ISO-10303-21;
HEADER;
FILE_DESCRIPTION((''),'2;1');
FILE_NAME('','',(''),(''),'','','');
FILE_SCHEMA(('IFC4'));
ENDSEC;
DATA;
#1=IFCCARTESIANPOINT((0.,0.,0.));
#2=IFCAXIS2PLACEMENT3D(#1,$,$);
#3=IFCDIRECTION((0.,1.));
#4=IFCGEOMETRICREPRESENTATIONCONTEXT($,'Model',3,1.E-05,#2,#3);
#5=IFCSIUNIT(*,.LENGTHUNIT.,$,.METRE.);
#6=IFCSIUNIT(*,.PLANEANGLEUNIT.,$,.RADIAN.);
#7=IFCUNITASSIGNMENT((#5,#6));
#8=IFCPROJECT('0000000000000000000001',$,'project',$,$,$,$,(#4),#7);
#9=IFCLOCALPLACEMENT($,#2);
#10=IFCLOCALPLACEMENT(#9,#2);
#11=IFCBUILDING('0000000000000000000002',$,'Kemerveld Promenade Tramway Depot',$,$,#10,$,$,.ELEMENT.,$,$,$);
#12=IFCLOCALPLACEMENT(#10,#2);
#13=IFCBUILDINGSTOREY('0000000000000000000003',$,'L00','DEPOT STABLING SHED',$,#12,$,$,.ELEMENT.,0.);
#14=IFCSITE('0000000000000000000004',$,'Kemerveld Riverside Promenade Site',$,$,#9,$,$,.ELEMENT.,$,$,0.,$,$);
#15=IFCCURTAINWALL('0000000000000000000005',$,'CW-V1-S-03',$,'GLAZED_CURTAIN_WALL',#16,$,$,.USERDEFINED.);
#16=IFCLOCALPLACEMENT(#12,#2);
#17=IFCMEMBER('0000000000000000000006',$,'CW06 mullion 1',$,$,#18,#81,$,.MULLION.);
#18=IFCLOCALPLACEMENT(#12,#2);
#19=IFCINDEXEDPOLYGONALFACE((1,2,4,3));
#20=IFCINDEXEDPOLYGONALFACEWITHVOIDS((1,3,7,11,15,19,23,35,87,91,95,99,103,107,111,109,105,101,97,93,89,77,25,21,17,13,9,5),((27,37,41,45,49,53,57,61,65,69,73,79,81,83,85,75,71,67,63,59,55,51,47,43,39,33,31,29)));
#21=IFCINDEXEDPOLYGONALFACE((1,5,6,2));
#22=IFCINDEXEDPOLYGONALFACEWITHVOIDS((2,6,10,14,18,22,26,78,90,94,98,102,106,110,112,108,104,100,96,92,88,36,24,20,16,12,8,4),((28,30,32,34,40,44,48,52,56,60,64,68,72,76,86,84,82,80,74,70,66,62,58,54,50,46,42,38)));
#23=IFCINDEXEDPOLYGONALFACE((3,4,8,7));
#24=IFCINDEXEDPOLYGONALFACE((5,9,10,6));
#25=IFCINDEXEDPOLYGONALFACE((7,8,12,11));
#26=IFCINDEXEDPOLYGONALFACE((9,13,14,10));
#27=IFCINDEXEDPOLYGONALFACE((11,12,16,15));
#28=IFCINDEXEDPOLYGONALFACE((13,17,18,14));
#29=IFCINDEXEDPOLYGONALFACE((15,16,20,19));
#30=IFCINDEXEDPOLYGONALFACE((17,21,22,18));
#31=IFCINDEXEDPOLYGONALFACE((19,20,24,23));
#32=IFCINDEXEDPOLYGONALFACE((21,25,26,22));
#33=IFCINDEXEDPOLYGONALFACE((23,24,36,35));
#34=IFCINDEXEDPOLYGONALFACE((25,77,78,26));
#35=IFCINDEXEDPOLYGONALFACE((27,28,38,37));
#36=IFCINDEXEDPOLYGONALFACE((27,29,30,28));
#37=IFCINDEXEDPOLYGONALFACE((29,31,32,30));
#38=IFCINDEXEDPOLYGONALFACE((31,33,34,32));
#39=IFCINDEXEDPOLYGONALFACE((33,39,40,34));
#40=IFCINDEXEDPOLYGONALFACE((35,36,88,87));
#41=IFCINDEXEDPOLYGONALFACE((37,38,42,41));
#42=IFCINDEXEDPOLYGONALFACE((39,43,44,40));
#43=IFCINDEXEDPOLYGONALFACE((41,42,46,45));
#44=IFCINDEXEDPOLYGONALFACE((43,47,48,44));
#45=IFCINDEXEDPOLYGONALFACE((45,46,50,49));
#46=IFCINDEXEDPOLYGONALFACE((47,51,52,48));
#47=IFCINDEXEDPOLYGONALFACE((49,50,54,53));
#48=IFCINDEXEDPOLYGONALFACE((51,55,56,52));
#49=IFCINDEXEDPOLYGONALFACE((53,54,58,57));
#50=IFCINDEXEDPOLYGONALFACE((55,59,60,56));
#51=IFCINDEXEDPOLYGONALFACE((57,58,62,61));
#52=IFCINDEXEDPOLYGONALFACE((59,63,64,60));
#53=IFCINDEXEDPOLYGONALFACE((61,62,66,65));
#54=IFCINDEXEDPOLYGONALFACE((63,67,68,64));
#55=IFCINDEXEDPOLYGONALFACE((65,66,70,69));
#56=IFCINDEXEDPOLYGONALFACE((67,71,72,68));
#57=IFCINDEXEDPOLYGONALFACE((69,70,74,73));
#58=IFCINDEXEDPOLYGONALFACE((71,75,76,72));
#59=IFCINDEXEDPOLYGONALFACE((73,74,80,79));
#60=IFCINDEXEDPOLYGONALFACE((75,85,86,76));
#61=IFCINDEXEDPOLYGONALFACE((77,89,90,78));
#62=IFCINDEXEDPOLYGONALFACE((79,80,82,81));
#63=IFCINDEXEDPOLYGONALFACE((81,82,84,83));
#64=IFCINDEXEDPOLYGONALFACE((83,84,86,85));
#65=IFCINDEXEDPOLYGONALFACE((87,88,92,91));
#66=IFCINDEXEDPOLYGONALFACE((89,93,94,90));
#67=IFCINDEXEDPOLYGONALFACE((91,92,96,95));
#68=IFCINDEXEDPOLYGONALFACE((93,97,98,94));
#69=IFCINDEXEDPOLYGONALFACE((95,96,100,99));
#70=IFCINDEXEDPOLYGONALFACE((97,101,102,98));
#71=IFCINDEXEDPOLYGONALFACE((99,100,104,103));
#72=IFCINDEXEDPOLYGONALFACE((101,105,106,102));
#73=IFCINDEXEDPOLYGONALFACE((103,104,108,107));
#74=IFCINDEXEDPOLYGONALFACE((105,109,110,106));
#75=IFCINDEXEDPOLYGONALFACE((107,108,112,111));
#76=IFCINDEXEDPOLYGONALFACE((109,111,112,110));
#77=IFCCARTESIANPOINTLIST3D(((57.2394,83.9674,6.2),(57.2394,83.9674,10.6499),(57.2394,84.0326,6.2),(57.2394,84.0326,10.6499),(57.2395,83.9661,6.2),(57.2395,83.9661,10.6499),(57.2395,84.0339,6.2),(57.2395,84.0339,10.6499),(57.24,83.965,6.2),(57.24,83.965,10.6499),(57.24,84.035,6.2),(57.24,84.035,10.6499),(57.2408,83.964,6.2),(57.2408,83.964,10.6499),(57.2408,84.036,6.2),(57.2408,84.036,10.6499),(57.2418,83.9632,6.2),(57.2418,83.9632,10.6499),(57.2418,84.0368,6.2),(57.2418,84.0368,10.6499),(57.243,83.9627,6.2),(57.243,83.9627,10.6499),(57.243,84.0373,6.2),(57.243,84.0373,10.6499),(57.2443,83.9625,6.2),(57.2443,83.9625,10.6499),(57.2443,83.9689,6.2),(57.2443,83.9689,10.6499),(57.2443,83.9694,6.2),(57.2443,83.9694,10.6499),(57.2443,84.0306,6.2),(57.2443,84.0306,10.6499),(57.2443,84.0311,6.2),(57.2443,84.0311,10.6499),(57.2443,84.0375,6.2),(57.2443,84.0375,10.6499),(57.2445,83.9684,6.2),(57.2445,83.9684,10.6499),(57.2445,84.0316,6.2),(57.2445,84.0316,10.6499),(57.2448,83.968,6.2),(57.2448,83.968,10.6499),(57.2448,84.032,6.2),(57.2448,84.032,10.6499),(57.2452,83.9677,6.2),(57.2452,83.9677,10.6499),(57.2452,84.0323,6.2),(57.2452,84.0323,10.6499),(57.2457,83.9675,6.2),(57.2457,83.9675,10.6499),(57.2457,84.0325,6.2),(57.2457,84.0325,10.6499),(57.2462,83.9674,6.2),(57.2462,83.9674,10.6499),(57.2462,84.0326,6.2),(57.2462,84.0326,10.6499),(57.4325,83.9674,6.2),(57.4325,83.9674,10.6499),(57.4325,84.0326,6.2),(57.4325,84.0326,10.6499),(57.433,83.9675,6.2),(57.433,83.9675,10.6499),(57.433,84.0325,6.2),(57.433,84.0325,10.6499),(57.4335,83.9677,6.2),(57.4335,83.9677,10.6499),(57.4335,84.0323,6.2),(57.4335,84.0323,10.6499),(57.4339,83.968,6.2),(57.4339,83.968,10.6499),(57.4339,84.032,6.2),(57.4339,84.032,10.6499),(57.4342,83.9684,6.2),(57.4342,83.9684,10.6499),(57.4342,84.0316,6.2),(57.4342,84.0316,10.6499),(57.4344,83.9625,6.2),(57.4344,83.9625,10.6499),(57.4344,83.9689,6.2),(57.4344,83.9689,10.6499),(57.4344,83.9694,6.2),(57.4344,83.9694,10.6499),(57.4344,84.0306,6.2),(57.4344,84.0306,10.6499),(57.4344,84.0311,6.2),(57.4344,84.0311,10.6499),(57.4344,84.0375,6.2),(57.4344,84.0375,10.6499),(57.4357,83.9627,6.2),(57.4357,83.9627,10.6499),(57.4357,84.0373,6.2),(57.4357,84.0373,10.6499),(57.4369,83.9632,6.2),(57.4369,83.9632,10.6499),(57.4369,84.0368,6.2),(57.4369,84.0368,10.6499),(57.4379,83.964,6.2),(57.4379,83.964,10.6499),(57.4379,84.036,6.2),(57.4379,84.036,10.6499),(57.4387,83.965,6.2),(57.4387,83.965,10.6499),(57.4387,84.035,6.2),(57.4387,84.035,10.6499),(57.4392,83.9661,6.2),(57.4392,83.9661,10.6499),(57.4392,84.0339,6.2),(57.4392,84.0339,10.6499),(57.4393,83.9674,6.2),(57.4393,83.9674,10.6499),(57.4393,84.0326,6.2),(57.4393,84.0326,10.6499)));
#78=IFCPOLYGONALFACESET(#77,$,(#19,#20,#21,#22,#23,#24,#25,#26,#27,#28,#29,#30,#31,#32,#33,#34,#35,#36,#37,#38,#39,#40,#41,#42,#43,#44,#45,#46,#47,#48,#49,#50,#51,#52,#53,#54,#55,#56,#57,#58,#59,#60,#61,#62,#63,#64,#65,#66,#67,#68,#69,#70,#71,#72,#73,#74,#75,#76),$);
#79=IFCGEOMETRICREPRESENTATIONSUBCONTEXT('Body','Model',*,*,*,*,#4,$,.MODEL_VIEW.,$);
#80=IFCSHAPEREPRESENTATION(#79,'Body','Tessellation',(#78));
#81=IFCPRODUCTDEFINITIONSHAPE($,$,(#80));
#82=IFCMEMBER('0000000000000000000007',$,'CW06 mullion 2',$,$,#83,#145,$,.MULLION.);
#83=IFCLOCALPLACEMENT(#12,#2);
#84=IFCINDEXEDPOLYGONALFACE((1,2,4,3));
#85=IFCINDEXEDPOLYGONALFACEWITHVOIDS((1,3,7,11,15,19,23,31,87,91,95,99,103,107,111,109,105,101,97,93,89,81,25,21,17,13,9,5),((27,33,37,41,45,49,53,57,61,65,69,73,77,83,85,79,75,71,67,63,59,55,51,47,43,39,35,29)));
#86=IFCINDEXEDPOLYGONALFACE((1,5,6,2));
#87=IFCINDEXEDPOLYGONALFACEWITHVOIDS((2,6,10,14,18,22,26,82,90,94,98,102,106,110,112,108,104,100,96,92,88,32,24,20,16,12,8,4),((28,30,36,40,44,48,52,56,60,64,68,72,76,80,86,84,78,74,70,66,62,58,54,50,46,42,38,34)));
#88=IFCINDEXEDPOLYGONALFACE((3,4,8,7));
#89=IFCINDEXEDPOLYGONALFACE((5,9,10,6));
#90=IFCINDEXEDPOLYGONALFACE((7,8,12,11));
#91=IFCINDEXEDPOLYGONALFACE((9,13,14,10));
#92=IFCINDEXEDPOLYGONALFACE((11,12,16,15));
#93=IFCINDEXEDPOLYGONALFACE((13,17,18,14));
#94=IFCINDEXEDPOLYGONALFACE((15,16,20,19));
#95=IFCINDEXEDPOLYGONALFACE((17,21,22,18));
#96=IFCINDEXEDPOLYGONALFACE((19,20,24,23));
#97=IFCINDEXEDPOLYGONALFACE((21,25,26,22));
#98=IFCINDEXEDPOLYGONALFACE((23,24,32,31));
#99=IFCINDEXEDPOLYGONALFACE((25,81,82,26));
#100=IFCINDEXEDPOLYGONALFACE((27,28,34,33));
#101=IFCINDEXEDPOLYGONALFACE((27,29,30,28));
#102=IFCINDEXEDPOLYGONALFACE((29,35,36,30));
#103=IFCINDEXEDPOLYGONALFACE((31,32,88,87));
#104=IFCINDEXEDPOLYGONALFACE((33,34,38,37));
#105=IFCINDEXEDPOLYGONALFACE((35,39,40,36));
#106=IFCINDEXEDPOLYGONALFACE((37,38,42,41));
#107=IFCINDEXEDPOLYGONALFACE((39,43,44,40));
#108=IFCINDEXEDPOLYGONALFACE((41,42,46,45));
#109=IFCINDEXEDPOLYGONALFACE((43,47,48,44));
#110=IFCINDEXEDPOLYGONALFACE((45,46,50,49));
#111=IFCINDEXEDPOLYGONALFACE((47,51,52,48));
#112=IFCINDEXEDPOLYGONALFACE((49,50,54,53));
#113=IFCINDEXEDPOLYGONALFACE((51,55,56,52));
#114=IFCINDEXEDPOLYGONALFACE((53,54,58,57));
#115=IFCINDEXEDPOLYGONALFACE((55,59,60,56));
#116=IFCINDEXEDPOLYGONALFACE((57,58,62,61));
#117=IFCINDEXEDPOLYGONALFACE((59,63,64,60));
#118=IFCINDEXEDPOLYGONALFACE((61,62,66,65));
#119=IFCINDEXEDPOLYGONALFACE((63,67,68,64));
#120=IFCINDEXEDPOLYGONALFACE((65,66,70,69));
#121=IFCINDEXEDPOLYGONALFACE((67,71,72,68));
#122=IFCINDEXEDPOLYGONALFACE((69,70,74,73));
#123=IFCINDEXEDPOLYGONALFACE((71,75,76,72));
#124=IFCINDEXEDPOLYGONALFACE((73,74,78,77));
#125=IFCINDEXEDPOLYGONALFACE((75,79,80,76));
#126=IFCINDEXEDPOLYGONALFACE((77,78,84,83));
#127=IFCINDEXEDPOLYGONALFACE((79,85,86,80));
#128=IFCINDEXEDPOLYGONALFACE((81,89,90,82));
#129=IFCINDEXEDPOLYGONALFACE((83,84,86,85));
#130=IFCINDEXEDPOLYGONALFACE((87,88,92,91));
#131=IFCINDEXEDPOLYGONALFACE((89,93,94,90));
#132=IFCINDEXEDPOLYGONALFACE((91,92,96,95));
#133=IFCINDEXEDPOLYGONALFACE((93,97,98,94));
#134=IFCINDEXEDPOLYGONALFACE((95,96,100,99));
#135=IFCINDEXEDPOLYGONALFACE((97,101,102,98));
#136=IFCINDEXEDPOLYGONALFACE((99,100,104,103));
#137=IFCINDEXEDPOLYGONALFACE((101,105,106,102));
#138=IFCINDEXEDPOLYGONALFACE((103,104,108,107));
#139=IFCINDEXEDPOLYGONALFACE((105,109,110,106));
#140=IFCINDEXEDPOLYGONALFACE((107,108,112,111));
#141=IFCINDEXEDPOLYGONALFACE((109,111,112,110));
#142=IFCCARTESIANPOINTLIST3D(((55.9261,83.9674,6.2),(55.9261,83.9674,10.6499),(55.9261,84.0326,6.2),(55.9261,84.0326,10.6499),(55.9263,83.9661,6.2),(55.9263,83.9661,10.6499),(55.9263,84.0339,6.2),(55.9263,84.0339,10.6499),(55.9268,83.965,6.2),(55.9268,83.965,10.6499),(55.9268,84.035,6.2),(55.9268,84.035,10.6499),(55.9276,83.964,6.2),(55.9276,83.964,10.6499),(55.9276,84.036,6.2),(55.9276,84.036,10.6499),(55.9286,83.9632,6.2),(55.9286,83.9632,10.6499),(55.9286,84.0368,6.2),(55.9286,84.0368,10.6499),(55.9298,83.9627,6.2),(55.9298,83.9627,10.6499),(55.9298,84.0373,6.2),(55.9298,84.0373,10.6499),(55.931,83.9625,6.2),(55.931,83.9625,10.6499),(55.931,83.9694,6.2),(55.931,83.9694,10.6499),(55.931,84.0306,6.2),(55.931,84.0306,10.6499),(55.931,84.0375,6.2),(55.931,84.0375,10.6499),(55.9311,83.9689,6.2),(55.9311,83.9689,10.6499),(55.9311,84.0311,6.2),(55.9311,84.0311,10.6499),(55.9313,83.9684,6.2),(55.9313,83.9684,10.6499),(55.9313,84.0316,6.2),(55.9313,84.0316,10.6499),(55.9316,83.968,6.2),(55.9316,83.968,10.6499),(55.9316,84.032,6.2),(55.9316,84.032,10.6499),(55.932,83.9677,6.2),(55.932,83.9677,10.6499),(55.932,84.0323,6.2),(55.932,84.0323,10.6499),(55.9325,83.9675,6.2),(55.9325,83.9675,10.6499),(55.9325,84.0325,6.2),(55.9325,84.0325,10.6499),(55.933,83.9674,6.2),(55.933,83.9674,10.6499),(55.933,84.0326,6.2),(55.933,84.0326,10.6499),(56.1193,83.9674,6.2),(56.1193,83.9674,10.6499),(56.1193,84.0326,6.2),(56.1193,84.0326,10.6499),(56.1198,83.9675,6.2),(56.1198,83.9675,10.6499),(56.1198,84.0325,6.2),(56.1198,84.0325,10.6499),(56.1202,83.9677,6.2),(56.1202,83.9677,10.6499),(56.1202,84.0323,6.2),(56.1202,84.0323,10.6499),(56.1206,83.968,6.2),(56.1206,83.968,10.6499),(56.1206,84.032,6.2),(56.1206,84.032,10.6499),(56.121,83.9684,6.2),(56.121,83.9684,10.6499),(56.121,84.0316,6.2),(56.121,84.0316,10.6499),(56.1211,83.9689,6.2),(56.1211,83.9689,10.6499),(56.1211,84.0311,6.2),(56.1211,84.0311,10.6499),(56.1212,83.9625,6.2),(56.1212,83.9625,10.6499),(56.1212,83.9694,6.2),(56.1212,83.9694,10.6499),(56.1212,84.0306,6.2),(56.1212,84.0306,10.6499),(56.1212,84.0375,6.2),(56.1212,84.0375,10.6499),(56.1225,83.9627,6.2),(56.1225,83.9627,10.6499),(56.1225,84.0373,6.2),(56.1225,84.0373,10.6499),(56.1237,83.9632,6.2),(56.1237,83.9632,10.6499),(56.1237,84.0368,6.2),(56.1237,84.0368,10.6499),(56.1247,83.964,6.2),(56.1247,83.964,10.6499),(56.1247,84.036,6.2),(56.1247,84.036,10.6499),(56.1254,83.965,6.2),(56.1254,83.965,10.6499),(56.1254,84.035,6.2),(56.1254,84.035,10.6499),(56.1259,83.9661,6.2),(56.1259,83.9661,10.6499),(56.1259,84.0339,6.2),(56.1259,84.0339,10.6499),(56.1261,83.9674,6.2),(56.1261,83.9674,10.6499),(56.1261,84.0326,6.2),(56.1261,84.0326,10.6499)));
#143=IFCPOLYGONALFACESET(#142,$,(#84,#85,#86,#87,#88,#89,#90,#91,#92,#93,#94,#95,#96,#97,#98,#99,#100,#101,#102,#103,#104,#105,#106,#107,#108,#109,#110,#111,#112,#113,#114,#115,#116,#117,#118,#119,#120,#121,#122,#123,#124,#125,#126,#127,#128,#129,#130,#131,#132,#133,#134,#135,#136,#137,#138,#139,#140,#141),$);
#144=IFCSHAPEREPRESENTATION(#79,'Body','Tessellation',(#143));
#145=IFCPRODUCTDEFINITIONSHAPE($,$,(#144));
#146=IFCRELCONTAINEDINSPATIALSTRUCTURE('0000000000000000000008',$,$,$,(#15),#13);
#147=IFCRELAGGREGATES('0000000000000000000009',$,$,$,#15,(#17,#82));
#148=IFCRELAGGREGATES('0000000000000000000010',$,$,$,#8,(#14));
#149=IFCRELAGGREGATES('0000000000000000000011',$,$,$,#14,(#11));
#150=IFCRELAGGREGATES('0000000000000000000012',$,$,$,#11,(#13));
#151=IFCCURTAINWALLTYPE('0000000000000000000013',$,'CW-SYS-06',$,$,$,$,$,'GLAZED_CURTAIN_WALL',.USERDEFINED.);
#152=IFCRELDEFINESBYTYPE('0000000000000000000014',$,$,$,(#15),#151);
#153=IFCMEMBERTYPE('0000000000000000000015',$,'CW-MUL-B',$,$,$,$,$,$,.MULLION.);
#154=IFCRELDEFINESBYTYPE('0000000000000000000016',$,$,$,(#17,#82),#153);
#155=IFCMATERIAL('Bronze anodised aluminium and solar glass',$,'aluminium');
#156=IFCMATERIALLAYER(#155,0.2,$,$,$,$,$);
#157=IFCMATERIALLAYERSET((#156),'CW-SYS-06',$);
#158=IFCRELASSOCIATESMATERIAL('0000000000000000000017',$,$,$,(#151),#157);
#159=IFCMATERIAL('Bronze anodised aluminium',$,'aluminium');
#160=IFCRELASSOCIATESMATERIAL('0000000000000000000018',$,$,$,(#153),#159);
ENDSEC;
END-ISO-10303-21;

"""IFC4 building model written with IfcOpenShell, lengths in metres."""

from ifc_helpers import new_model, si_unit, direction, frame, origin, origin_2d, place, context, subcontext, project, spatial, hollow_rectangle, extrude, material, layer, layer_set, material_profile, profile_set, type_object, element, aggregate, save


model = new_model("IFC4")

# Units and contexts
model_context = context("Model", 3, precision=1e-05, world=origin(), true_north=direction((0.0, 1.0)))
body_context = subcontext(model_context, "Body", "Model", "MODEL_VIEW")
ifc_project = project(units=[si_unit("LENGTHUNIT", "METRE"), si_unit("PLANEANGLEUNIT", "RADIAN")], contexts=[model_context])

# Site, building, storey
site_placement = place(None, origin())
site = spatial("IfcSite", under=ifc_project, at=site_placement, Name="Kemerveld Riverside Promenade Site", CompositionType="ELEMENT", RefElevation=0.0)
building_placement = place(site_placement, origin())
building = spatial("IfcBuilding", under=site, at=building_placement, Name="Kemerveld Promenade Tramway Depot", CompositionType="ELEMENT")
storey_placement = place(building_placement, origin())
storey = spatial("IfcBuildingStorey", under=building, at=storey_placement, Name="L00", Description="DEPOT STABLING SHED", CompositionType="ELEMENT", Elevation=0.0)

# Curtain wall, members
ifc_material_1 = material(Name="Bronze anodised aluminium and solar glass", Category="aluminium")
ifc_material_2 = material(Name="Bronze anodised aluminium", Category="aluminium")
ifc_layer_1 = layer(ifc_material_1, 0.2)
ifc_layer_set_1 = layer_set([ifc_layer_1], Name="CW-SYS-06")
curtain_wall_type_1 = type_object("IfcCurtainWallType", Name="CW-SYS-06", ElementType="GLAZED_CURTAIN_WALL", PredefinedType="USERDEFINED", material=ifc_layer_set_1)
curtain_wall_1_placement = place(storey_placement, origin())
curtain_wall_1 = element("IfcCurtainWall", 1, at=curtain_wall_1_placement, inside=storey, type_object=curtain_wall_type_1, Name="CW-V1-S-03", ObjectType="GLAZED_CURTAIN_WALL", PredefinedType="USERDEFINED")
ifc_material_profile_1 = material_profile(ifc_material_2, hollow_rectangle(XDim=0.075, YDim=0.2, WallThickness=0.0049, InnerFilletRadius=0.002, OuterFilletRadius=0.0049, at=origin_2d()), Name="CW-MUL-200x75")
ifc_profile_set_1 = profile_set([ifc_material_profile_1], Name="Bronze anodised aluminium")
member_type_1 = type_object("IfcMemberType", Name="CW-MUL-B", PredefinedType="MULLION", material=ifc_profile_set_1)
member_1_placement = place(storey_placement, frame((57.3394, 84.0, 6.2), z_axis=(0.0, 0.0, 1.0), x_axis=(0.0, -1.0, 0.0)))
member_1 = element("IfcMember", 2, at=member_1_placement, type_object=member_type_1, Name="CW06 mullion 1", PredefinedType="MULLION", context=body_context, shape_type="SweptSolid", body=[
    extrude(hollow_rectangle(XDim=0.075, YDim=0.2, WallThickness=0.0049, InnerFilletRadius=0.002, OuterFilletRadius=0.0049, at=origin_2d()), origin(), (0.0, 0.0, 1.0), 4.45),
])
member_2_placement = place(storey_placement, frame((56.0261, 84.0, 6.2), z_axis=(0.0, 0.0, 1.0), x_axis=(0.0, -1.0, 0.0)))
member_2 = element("IfcMember", 3, at=member_2_placement, type_object=member_type_1, Name="CW06 mullion 2", PredefinedType="MULLION", context=body_context, shape_type="SweptSolid", body=[
    extrude(hollow_rectangle(XDim=0.075, YDim=0.2, WallThickness=0.0049, InnerFilletRadius=0.002, OuterFilletRadius=0.0049, at=origin_2d()), origin(), (0.0, 0.0, 1.0), 4.45),
])

aggregate(curtain_wall_1, [member_1, member_2])

save(model, "model.ifc")
